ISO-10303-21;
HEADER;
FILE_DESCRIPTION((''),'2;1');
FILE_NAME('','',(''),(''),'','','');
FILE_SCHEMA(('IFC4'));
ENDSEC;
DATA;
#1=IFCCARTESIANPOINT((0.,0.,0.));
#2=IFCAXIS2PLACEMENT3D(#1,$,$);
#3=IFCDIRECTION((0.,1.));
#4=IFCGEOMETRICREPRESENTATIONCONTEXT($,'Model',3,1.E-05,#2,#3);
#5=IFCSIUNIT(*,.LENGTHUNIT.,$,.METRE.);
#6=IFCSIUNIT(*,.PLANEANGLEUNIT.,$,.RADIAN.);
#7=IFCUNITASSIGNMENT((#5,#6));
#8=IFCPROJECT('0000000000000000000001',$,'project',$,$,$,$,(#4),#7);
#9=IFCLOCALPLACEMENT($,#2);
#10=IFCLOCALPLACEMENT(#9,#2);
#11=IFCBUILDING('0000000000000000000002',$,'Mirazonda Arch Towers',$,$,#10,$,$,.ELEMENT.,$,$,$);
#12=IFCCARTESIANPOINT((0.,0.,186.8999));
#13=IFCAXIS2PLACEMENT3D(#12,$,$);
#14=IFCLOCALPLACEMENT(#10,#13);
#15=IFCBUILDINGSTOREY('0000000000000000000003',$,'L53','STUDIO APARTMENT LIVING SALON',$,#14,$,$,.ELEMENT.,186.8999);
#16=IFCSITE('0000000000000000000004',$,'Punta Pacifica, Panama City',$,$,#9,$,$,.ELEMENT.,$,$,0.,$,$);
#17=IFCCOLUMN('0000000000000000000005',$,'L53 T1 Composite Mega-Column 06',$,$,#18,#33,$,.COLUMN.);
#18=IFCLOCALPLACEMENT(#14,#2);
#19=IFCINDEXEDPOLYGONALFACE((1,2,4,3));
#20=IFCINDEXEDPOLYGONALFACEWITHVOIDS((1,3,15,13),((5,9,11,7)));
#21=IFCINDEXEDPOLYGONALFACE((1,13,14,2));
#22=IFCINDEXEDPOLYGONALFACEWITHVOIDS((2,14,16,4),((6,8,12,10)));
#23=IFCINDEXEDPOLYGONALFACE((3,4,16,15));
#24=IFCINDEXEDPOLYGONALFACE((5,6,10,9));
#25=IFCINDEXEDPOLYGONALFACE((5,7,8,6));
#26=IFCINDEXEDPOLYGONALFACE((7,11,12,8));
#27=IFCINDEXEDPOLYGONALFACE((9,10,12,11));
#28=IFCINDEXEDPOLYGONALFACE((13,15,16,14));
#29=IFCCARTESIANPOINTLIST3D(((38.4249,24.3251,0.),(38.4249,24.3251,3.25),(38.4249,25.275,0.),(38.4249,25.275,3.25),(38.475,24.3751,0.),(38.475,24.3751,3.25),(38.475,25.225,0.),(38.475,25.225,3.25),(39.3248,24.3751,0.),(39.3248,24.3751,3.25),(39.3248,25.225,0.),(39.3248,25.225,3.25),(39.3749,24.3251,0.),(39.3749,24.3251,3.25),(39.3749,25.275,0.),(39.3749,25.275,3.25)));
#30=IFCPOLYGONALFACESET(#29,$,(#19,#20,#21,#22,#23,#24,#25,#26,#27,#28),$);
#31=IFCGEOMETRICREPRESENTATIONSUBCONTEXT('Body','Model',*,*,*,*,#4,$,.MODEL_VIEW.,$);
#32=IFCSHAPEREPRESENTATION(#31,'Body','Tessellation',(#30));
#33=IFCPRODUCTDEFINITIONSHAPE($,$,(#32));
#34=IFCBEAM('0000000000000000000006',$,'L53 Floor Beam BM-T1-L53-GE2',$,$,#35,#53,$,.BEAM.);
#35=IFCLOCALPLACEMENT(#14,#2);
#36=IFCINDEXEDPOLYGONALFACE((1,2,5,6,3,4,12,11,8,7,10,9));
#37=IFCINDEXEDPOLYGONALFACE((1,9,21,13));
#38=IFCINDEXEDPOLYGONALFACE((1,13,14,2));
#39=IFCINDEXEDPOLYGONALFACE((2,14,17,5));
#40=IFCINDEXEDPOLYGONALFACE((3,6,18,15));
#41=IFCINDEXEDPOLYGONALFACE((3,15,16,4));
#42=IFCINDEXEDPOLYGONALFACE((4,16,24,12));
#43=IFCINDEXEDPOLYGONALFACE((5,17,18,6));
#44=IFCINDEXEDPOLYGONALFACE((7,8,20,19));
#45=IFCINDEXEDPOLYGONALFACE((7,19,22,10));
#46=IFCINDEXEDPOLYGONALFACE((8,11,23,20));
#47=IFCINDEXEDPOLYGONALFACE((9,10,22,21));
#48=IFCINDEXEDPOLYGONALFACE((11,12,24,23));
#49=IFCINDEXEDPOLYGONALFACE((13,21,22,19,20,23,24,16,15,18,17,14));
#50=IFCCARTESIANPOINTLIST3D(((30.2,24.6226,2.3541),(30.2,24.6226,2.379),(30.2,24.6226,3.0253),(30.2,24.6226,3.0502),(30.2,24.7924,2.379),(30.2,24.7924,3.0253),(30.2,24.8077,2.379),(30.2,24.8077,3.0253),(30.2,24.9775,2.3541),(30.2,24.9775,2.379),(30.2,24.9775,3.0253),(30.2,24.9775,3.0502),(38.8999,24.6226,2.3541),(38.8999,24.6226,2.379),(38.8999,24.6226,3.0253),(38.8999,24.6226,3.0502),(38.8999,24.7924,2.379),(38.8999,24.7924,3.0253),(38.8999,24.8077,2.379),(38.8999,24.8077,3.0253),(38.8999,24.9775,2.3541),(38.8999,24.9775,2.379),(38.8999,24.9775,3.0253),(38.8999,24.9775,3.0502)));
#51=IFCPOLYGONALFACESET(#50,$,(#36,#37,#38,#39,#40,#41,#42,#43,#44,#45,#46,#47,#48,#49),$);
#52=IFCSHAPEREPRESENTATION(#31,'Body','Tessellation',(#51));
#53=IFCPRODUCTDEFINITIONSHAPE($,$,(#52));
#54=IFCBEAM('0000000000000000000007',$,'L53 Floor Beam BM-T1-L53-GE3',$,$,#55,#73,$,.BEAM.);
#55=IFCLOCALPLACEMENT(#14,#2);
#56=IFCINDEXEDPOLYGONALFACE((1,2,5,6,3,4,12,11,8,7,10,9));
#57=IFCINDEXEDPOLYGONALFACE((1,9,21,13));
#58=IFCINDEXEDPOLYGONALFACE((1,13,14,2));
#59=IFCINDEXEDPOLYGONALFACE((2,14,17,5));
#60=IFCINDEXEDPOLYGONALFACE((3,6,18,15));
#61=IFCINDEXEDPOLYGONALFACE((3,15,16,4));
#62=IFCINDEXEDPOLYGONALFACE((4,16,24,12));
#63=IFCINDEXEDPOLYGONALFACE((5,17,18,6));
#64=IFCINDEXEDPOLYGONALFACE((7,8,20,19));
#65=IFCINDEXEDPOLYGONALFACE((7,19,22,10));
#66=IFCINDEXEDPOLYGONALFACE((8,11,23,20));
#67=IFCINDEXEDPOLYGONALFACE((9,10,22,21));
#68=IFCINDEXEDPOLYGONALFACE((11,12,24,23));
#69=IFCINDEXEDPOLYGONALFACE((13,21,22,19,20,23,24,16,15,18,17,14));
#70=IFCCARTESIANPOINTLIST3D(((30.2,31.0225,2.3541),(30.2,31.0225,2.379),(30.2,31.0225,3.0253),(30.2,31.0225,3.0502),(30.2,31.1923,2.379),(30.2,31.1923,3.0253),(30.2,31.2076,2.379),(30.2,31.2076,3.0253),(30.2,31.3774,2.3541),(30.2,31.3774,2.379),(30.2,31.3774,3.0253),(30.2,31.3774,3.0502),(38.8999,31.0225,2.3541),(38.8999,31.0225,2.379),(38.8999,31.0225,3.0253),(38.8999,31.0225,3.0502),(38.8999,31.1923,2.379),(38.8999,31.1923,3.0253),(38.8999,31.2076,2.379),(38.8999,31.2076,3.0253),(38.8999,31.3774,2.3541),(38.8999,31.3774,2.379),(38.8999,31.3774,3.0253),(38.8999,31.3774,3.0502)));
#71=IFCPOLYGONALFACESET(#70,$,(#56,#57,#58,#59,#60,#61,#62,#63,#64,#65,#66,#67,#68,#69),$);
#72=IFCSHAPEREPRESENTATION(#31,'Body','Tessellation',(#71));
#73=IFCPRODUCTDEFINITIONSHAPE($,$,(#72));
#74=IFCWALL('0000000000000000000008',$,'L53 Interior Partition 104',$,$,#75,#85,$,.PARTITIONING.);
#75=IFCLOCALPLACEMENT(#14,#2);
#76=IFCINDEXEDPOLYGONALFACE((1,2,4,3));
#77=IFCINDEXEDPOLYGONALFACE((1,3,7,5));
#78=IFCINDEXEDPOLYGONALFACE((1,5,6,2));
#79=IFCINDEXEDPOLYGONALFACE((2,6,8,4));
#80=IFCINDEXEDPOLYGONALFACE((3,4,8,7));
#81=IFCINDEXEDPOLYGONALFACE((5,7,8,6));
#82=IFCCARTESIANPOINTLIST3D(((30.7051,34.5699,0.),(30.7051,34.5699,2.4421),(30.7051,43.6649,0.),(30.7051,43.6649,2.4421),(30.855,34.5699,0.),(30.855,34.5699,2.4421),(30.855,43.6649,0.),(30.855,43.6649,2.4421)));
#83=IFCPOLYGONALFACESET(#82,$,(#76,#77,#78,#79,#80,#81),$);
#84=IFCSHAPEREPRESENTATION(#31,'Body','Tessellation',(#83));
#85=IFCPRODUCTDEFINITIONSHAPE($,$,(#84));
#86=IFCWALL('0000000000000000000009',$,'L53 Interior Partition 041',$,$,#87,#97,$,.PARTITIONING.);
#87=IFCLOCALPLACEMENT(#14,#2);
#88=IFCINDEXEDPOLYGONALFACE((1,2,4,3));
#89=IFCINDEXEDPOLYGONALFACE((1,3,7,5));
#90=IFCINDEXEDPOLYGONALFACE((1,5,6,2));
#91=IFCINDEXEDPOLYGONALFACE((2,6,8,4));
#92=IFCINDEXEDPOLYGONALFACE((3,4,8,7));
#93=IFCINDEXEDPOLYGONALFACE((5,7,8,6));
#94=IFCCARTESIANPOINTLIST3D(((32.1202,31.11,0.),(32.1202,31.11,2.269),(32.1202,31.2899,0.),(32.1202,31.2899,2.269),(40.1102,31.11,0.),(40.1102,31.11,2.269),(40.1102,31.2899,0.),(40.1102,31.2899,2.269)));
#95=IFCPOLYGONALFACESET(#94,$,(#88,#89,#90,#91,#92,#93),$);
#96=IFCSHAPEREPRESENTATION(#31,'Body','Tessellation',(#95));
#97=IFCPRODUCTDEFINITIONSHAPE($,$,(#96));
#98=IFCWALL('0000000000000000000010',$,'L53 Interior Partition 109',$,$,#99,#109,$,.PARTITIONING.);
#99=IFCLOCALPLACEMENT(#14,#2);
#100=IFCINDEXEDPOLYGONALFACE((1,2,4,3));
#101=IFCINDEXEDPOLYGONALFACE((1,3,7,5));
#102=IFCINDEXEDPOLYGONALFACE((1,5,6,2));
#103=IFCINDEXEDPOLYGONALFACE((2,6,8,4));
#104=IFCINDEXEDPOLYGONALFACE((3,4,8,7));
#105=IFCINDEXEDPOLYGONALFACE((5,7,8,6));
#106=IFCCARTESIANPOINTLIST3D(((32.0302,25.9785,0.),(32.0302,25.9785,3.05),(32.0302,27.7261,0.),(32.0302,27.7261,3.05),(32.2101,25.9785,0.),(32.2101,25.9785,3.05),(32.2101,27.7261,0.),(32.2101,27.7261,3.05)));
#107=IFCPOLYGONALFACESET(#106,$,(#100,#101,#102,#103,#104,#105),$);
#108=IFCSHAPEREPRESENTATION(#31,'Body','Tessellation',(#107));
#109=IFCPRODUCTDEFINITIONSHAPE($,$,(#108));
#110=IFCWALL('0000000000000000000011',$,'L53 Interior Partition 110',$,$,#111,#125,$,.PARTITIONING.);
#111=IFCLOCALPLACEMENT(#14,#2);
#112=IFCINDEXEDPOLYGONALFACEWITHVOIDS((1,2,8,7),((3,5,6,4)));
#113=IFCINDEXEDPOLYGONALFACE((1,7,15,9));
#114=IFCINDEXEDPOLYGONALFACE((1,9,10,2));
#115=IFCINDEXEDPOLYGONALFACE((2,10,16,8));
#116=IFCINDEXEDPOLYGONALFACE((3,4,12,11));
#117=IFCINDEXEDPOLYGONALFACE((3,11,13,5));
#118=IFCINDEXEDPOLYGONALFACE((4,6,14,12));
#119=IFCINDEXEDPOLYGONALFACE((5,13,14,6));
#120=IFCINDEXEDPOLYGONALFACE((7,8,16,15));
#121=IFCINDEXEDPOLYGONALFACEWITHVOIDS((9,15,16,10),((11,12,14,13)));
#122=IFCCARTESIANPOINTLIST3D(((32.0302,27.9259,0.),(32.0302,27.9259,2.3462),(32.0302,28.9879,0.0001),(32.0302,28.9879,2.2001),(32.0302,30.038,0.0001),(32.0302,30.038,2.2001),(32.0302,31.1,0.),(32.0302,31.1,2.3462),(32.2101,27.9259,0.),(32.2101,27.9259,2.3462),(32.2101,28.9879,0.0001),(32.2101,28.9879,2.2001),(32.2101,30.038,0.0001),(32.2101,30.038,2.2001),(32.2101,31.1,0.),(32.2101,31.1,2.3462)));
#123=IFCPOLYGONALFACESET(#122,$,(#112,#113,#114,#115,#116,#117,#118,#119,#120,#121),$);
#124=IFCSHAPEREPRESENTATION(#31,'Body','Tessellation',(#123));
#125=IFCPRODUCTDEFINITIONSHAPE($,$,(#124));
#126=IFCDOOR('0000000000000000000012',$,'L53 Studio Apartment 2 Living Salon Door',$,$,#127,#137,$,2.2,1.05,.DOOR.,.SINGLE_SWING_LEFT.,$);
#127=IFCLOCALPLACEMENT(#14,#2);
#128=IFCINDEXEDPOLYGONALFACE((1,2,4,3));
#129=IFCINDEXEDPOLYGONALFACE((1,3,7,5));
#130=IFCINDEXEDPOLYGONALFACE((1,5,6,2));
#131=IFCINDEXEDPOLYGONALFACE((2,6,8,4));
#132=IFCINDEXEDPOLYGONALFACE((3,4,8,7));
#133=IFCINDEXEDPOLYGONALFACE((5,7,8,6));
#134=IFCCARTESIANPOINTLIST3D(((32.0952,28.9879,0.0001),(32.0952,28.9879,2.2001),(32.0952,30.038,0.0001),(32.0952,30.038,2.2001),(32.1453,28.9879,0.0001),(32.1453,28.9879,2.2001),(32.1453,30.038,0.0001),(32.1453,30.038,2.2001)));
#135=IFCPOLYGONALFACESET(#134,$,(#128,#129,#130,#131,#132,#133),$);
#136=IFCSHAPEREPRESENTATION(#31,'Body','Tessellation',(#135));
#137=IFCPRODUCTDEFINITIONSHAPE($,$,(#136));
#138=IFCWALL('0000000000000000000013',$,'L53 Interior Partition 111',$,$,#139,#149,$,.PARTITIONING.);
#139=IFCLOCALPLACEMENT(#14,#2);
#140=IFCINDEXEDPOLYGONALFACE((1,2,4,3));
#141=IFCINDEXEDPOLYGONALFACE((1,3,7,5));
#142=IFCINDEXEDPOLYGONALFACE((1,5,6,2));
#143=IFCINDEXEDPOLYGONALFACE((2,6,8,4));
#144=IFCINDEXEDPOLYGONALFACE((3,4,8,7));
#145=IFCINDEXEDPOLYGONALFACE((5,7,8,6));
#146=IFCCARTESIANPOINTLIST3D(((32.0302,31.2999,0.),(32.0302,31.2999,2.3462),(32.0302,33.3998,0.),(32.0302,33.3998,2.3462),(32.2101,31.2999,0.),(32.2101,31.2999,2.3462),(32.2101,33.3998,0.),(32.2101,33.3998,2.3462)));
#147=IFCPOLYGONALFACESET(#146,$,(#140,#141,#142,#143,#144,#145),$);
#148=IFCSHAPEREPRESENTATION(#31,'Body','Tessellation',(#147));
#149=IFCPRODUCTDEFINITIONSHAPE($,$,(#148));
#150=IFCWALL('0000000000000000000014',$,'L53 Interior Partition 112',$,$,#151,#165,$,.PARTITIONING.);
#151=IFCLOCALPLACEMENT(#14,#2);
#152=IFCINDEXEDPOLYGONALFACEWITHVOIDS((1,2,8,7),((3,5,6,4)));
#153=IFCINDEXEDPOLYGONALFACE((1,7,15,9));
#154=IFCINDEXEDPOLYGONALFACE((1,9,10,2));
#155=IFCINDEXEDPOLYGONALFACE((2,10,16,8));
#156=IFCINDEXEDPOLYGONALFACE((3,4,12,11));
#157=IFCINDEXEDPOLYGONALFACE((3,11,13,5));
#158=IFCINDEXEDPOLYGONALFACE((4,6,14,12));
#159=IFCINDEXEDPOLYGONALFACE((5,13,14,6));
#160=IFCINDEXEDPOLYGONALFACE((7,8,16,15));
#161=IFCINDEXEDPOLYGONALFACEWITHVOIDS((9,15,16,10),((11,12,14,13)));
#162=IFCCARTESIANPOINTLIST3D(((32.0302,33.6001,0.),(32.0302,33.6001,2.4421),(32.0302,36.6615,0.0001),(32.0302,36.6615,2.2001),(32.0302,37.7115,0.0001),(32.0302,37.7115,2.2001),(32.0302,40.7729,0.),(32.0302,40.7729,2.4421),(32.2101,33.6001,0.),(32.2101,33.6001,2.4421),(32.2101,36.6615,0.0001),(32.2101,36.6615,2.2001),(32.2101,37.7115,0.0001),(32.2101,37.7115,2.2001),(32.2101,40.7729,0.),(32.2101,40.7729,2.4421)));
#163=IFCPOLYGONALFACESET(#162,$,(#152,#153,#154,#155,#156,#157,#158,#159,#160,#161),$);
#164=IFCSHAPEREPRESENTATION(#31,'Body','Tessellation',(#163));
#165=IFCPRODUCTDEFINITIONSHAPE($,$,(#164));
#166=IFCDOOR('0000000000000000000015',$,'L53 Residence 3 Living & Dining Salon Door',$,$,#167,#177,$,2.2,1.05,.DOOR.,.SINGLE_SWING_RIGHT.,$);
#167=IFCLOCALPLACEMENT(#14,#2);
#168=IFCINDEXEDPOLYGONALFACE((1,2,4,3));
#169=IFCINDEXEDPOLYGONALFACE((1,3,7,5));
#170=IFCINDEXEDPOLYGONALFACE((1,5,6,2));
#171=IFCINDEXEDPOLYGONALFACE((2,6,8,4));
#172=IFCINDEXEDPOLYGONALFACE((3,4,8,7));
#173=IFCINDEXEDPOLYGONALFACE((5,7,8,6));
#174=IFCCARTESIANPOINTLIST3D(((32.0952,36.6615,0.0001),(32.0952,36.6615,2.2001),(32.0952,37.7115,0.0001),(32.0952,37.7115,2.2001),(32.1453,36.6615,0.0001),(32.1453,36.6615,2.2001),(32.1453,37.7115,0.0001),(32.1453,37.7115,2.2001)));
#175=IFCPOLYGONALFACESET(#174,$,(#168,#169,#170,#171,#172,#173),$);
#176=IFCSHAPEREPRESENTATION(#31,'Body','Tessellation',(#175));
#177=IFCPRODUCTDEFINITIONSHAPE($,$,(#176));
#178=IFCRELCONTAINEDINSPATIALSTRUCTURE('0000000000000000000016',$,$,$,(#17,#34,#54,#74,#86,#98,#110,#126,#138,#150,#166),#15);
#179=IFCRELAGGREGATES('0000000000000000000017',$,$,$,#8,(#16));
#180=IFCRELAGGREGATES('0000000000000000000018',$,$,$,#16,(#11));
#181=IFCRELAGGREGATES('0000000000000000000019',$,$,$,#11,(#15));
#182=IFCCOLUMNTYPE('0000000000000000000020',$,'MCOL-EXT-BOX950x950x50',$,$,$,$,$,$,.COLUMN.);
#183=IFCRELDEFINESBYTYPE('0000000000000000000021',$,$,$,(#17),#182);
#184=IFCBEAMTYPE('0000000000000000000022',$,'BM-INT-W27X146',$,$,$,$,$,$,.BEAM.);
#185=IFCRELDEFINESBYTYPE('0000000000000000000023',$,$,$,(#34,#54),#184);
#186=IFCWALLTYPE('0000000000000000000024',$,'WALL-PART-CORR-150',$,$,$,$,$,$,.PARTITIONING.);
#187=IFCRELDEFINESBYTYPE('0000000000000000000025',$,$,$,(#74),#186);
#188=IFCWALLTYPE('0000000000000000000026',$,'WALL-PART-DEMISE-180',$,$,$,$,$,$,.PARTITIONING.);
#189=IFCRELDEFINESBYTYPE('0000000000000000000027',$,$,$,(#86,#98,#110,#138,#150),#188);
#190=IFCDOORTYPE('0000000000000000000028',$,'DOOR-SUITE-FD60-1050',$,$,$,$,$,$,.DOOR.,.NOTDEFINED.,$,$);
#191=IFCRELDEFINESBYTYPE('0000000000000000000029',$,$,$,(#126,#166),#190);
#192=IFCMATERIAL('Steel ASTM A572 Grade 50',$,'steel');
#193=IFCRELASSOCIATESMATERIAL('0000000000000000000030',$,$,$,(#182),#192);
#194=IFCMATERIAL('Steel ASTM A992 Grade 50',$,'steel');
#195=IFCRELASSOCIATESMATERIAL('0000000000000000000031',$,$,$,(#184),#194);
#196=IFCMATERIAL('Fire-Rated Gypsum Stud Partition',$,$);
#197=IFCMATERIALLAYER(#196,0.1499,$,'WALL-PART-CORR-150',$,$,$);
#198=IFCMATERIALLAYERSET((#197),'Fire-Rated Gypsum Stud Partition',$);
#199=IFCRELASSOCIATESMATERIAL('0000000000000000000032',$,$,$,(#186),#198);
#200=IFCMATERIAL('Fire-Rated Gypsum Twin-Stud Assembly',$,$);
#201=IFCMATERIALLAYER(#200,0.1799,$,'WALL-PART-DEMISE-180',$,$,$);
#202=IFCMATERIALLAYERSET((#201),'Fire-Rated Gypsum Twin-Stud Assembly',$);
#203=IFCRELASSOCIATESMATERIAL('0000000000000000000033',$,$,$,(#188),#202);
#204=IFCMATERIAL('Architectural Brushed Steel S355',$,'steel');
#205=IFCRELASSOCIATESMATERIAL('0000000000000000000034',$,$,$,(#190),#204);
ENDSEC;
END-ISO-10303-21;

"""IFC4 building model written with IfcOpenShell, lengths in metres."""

from ifc_helpers import new_model, si_unit, direction, frame, frame_2d, origin, origin_2d, place, context, subcontext, project, spatial, rectangle, hollow_rectangle, i_section, extrude, material, layer, layer_set, material_profile, profile_set, type_object, element, fill, save


model = new_model("IFC4")

# Units and contexts
model_context = context("Model", 3, precision=1e-05, world=origin(), true_north=direction((0.0, 1.0)))
body_context = subcontext(model_context, "Body", "Model", "MODEL_VIEW")
ifc_project = project(units=[si_unit("LENGTHUNIT", "METRE"), si_unit("PLANEANGLEUNIT", "RADIAN")], contexts=[model_context])

# Site, building, storey
site_placement = place(None, origin())
site = spatial("IfcSite", under=ifc_project, at=site_placement, Name="Punta Pacifica, Panama City", CompositionType="ELEMENT", RefElevation=0.0)
building_placement = place(site_placement, origin())
building = spatial("IfcBuilding", under=site, at=building_placement, Name="Mirazonda Arch Towers", CompositionType="ELEMENT")
storey_placement = place(building_placement, frame((0.0, 0.0, 186.8999)))
storey = spatial("IfcBuildingStorey", under=building, at=storey_placement, Name="L53", Description="STUDIO APARTMENT LIVING SALON", CompositionType="ELEMENT", Elevation=186.8999)

# Column
ifc_material_1 = material(Name="Steel ASTM A572 Grade 50", Category="steel")
ifc_material_profile_1 = material_profile(ifc_material_1, hollow_rectangle(XDim=0.95, YDim=0.95, WallThickness=0.05, at=origin_2d()), Name="BOX950x950x50")
ifc_profile_set_1 = profile_set([ifc_material_profile_1], Name="Steel ASTM A572 Grade 50")
column_type = type_object("IfcColumnType", Name="MCOL-EXT-BOX950x950x50", PredefinedType="COLUMN", material=ifc_profile_set_1)
column_placement = place(storey_placement, frame((38.8999, 24.8, 0.0), z_axis=(0.0, 0.0, 1.0), x_axis=(1.0, 0.0, 0.0)))
element("IfcColumn", 1, at=column_placement, inside=storey, type_object=column_type, Name="L53 T1 Composite Mega-Column 06", PredefinedType="COLUMN", context=body_context, shape_type="SweptSolid", body=[
    extrude(hollow_rectangle(XDim=0.95, YDim=0.95, WallThickness=0.05, at=origin_2d()), origin(), (0.0, 0.0, 1.0), 3.25),
])

# Beams
ifc_material_2 = material(Name="Steel ASTM A992 Grade 50", Category="steel")
ifc_material_profile_2 = material_profile(ifc_material_2, i_section(OverallWidth=0.355, OverallDepth=0.696, WebThickness=0.0154, FlangeThickness=0.0249, at=origin_2d()), Name="W27X146")
ifc_profile_set_2 = profile_set([ifc_material_profile_2], Name="Steel ASTM A992 Grade 50")
beam_type = type_object("IfcBeamType", Name="BM-INT-W27X146", PredefinedType="BEAM", material=ifc_profile_set_2)
for number, where, z_axis, x_axis, name in (
    (2, (30.2, 24.8, 2.7021), (1.0, 0.0, 0.0), (0.0, 1.0, 0.0), "L53 Floor Beam BM-T1-L53-GE2"),
    (3, (30.2, 31.2, 2.7021), (1.0, 0.0, 0.0), (0.0, 1.0, 0.0), "L53 Floor Beam BM-T1-L53-GE3"),
):
    element("IfcBeam", number, at=place(storey_placement, frame(where, z_axis=z_axis, x_axis=x_axis)), inside=storey, type_object=beam_type, Name=name, PredefinedType="BEAM", context=body_context, shape_type="SweptSolid", body=[
        extrude(i_section(OverallWidth=0.355, OverallDepth=0.696, WebThickness=0.0154, FlangeThickness=0.0249, at=origin_2d()), origin(), (0.0, 0.0, 1.0), 8.7),
    ])

# Wall
ifc_material_3 = material(Name="Fire-Rated Gypsum Stud Partition")
ifc_layer_1 = layer(ifc_material_3, 0.1499, Name="WALL-PART-CORR-150")
ifc_layer_set_1 = layer_set([ifc_layer_1], Name="Fire-Rated Gypsum Stud Partition")
wall_type_1 = type_object("IfcWallType", Name="WALL-PART-CORR-150", PredefinedType="PARTITIONING", material=ifc_layer_set_1)
wall_1_placement = place(storey_placement, frame((30.78, 34.5701, 0.0), z_axis=(0.0, 0.0, 1.0), x_axis=(0.0, 1.0, 0.0)))
element("IfcWall", 4, at=wall_1_placement, inside=storey, type_object=wall_type_1, Name="L53 Interior Partition 104", PredefinedType="PARTITIONING", context=body_context, shape_type="SweptSolid", body=[
    extrude(rectangle(XDim=9.095, YDim=0.1499, at=frame_2d((4.5474, 0.0))), origin(), (0.0, 0.0, 1.0), 2.4421),
])

# Shared definitions
ifc_material_4 = material(Name="Fire-Rated Gypsum Twin-Stud Assembly")
ifc_layer_2 = layer(ifc_material_4, 0.1799, Name="WALL-PART-DEMISE-180")
ifc_layer_set_2 = layer_set([ifc_layer_2], Name="Fire-Rated Gypsum Twin-Stud Assembly")
wall_type_2 = type_object("IfcWallType", Name="WALL-PART-DEMISE-180", PredefinedType="PARTITIONING", material=ifc_layer_set_2)
ifc_material_5 = material(Name="Architectural Brushed Steel S355", Category="steel")

# Wall
wall_2_placement = place(storey_placement, frame((32.1201, 31.2, 0.0), z_axis=(0.0, 0.0, 1.0), x_axis=(1.0, 0.0, 0.0)))
element("IfcWall", 5, at=wall_2_placement, inside=storey, type_object=wall_type_2, Name="L53 Interior Partition 041", PredefinedType="PARTITIONING", context=body_context, shape_type="SweptSolid", body=[
    extrude(rectangle(XDim=7.99, YDim=0.1799, at=frame_2d((3.9951, 0.0))), origin(), (0.0, 0.0, 1.0), 2.269),
])

# Wall
wall_3_placement = place(storey_placement, frame((32.1201, 25.9785, 0.0), z_axis=(0.0, 0.0, 1.0), x_axis=(0.0, 1.0, 0.0)))
element("IfcWall", 6, at=wall_3_placement, inside=storey, type_object=wall_type_2, Name="L53 Interior Partition 109", PredefinedType="PARTITIONING", context=body_context, shape_type="SweptSolid", body=[
    extrude(rectangle(XDim=1.7476, YDim=0.1799, at=frame_2d((0.8738, 0.0))), origin(), (0.0, 0.0, 1.0), 3.05),
])

# Wall, opening, door
wall_4_placement = place(storey_placement, frame((32.1201, 27.926, 0.0), z_axis=(0.0, 0.0, 1.0), x_axis=(0.0, 1.0, 0.0)))
wall_4 = element("IfcWall", 7, at=wall_4_placement, inside=storey, type_object=wall_type_2, Name="L53 Interior Partition 110", PredefinedType="PARTITIONING", context=body_context, shape_type="SweptSolid", body=[
    extrude(rectangle(XDim=3.1741, YDim=0.1799, at=frame_2d((1.5869, 0.0))), origin(), (0.0, 0.0, 1.0), 2.3462),
])
opening_1_placement = place(wall_4_placement, frame((1.062, 0.0, 0.0)))
opening_1 = element("IfcOpeningElement", 8, at=opening_1_placement, cuts=wall_4, PredefinedType="OPENING", context=body_context, shape_type="SweptSolid", body=[
    extrude(rectangle(XDim=1.05, YDim=2.2, at=frame_2d((0.5249, 1.1001))), frame((0.0, 0.0999, 0.0), z_axis=(0.0, -1.0, 0.0), x_axis=(1.0, 0.0, 0.0)), (0.0, 0.0, 1.0), 0.2),
])
door_type_1 = type_object("IfcDoorType", Name="DOOR-SUITE-FD60-1050", OperationType="NOTDEFINED", PredefinedType="DOOR", material=ifc_material_5)
door_1_placement = place(opening_1_placement, origin())
door_1 = element("IfcDoor", 9, at=door_1_placement, inside=storey, type_object=door_type_1, Name="L53 Studio Apartment 2 Living Salon Door", OperationType="SINGLE_SWING_LEFT", OverallHeight=2.2, OverallWidth=1.05, PredefinedType="DOOR", context=body_context, shape_type="SweptSolid", body=[
    extrude(rectangle(XDim=1.05, YDim=2.2, at=frame_2d((0.5249, 1.1001))), frame((0.0, 0.0249, 0.0), z_axis=(0.0, -1.0, 0.0), x_axis=(1.0, 0.0, 0.0)), (0.0, 0.0, 1.0), 0.05),
])
fill(opening_1, door_1)

# Wall
wall_5_placement = place(storey_placement, frame((32.1201, 31.3, 0.0), z_axis=(0.0, 0.0, 1.0), x_axis=(0.0, 1.0, 0.0)))
element("IfcWall", 10, at=wall_5_placement, inside=storey, type_object=wall_type_2, Name="L53 Interior Partition 111", PredefinedType="PARTITIONING", context=body_context, shape_type="SweptSolid", body=[
    extrude(rectangle(XDim=2.0999, YDim=0.1799, at=frame_2d((1.0498, 0.0))), origin(), (0.0, 0.0, 1.0), 2.3462),
])

# Wall, opening, door
wall_6_placement = place(storey_placement, frame((32.1201, 33.6001, 0.0), z_axis=(0.0, 0.0, 1.0), x_axis=(0.0, 1.0, 0.0)))
wall_6 = element("IfcWall", 11, at=wall_6_placement, inside=storey, type_object=wall_type_2, Name="L53 Interior Partition 112", PredefinedType="PARTITIONING", context=body_context, shape_type="SweptSolid", body=[
    extrude(rectangle(XDim=7.1729, YDim=0.1799, at=frame_2d((3.5864, 0.0))), origin(), (0.0, 0.0, 1.0), 2.4421),
])
opening_2_placement = place(wall_6_placement, frame((3.0615, 0.0, 0.0)))
opening_2 = element("IfcOpeningElement", 12, at=opening_2_placement, cuts=wall_6, PredefinedType="OPENING", context=body_context, shape_type="SweptSolid", body=[
    extrude(rectangle(XDim=1.05, YDim=2.2, at=frame_2d((0.5249, 1.1001))), frame((0.0, 0.0999, 0.0), z_axis=(0.0, -1.0, 0.0), x_axis=(1.0, 0.0, 0.0)), (0.0, 0.0, 1.0), 0.2),
])
door_2_placement = place(opening_2_placement, origin())
door_2 = element("IfcDoor", 13, at=door_2_placement, inside=storey, type_object=door_type_1, Name="L53 Residence 3 Living & Dining Salon Door", OperationType="SINGLE_SWING_RIGHT", OverallHeight=2.2, OverallWidth=1.05, PredefinedType="DOOR", context=body_context, shape_type="SweptSolid", body=[
    extrude(rectangle(XDim=1.05, YDim=2.2, at=frame_2d((0.5249, 1.1001))), frame((0.0, 0.0249, 0.0), z_axis=(0.0, -1.0, 0.0), x_axis=(1.0, 0.0, 0.0)), (0.0, 0.0, 1.0), 0.05),
])
fill(opening_2, door_2)

save(model, "model.ifc")
